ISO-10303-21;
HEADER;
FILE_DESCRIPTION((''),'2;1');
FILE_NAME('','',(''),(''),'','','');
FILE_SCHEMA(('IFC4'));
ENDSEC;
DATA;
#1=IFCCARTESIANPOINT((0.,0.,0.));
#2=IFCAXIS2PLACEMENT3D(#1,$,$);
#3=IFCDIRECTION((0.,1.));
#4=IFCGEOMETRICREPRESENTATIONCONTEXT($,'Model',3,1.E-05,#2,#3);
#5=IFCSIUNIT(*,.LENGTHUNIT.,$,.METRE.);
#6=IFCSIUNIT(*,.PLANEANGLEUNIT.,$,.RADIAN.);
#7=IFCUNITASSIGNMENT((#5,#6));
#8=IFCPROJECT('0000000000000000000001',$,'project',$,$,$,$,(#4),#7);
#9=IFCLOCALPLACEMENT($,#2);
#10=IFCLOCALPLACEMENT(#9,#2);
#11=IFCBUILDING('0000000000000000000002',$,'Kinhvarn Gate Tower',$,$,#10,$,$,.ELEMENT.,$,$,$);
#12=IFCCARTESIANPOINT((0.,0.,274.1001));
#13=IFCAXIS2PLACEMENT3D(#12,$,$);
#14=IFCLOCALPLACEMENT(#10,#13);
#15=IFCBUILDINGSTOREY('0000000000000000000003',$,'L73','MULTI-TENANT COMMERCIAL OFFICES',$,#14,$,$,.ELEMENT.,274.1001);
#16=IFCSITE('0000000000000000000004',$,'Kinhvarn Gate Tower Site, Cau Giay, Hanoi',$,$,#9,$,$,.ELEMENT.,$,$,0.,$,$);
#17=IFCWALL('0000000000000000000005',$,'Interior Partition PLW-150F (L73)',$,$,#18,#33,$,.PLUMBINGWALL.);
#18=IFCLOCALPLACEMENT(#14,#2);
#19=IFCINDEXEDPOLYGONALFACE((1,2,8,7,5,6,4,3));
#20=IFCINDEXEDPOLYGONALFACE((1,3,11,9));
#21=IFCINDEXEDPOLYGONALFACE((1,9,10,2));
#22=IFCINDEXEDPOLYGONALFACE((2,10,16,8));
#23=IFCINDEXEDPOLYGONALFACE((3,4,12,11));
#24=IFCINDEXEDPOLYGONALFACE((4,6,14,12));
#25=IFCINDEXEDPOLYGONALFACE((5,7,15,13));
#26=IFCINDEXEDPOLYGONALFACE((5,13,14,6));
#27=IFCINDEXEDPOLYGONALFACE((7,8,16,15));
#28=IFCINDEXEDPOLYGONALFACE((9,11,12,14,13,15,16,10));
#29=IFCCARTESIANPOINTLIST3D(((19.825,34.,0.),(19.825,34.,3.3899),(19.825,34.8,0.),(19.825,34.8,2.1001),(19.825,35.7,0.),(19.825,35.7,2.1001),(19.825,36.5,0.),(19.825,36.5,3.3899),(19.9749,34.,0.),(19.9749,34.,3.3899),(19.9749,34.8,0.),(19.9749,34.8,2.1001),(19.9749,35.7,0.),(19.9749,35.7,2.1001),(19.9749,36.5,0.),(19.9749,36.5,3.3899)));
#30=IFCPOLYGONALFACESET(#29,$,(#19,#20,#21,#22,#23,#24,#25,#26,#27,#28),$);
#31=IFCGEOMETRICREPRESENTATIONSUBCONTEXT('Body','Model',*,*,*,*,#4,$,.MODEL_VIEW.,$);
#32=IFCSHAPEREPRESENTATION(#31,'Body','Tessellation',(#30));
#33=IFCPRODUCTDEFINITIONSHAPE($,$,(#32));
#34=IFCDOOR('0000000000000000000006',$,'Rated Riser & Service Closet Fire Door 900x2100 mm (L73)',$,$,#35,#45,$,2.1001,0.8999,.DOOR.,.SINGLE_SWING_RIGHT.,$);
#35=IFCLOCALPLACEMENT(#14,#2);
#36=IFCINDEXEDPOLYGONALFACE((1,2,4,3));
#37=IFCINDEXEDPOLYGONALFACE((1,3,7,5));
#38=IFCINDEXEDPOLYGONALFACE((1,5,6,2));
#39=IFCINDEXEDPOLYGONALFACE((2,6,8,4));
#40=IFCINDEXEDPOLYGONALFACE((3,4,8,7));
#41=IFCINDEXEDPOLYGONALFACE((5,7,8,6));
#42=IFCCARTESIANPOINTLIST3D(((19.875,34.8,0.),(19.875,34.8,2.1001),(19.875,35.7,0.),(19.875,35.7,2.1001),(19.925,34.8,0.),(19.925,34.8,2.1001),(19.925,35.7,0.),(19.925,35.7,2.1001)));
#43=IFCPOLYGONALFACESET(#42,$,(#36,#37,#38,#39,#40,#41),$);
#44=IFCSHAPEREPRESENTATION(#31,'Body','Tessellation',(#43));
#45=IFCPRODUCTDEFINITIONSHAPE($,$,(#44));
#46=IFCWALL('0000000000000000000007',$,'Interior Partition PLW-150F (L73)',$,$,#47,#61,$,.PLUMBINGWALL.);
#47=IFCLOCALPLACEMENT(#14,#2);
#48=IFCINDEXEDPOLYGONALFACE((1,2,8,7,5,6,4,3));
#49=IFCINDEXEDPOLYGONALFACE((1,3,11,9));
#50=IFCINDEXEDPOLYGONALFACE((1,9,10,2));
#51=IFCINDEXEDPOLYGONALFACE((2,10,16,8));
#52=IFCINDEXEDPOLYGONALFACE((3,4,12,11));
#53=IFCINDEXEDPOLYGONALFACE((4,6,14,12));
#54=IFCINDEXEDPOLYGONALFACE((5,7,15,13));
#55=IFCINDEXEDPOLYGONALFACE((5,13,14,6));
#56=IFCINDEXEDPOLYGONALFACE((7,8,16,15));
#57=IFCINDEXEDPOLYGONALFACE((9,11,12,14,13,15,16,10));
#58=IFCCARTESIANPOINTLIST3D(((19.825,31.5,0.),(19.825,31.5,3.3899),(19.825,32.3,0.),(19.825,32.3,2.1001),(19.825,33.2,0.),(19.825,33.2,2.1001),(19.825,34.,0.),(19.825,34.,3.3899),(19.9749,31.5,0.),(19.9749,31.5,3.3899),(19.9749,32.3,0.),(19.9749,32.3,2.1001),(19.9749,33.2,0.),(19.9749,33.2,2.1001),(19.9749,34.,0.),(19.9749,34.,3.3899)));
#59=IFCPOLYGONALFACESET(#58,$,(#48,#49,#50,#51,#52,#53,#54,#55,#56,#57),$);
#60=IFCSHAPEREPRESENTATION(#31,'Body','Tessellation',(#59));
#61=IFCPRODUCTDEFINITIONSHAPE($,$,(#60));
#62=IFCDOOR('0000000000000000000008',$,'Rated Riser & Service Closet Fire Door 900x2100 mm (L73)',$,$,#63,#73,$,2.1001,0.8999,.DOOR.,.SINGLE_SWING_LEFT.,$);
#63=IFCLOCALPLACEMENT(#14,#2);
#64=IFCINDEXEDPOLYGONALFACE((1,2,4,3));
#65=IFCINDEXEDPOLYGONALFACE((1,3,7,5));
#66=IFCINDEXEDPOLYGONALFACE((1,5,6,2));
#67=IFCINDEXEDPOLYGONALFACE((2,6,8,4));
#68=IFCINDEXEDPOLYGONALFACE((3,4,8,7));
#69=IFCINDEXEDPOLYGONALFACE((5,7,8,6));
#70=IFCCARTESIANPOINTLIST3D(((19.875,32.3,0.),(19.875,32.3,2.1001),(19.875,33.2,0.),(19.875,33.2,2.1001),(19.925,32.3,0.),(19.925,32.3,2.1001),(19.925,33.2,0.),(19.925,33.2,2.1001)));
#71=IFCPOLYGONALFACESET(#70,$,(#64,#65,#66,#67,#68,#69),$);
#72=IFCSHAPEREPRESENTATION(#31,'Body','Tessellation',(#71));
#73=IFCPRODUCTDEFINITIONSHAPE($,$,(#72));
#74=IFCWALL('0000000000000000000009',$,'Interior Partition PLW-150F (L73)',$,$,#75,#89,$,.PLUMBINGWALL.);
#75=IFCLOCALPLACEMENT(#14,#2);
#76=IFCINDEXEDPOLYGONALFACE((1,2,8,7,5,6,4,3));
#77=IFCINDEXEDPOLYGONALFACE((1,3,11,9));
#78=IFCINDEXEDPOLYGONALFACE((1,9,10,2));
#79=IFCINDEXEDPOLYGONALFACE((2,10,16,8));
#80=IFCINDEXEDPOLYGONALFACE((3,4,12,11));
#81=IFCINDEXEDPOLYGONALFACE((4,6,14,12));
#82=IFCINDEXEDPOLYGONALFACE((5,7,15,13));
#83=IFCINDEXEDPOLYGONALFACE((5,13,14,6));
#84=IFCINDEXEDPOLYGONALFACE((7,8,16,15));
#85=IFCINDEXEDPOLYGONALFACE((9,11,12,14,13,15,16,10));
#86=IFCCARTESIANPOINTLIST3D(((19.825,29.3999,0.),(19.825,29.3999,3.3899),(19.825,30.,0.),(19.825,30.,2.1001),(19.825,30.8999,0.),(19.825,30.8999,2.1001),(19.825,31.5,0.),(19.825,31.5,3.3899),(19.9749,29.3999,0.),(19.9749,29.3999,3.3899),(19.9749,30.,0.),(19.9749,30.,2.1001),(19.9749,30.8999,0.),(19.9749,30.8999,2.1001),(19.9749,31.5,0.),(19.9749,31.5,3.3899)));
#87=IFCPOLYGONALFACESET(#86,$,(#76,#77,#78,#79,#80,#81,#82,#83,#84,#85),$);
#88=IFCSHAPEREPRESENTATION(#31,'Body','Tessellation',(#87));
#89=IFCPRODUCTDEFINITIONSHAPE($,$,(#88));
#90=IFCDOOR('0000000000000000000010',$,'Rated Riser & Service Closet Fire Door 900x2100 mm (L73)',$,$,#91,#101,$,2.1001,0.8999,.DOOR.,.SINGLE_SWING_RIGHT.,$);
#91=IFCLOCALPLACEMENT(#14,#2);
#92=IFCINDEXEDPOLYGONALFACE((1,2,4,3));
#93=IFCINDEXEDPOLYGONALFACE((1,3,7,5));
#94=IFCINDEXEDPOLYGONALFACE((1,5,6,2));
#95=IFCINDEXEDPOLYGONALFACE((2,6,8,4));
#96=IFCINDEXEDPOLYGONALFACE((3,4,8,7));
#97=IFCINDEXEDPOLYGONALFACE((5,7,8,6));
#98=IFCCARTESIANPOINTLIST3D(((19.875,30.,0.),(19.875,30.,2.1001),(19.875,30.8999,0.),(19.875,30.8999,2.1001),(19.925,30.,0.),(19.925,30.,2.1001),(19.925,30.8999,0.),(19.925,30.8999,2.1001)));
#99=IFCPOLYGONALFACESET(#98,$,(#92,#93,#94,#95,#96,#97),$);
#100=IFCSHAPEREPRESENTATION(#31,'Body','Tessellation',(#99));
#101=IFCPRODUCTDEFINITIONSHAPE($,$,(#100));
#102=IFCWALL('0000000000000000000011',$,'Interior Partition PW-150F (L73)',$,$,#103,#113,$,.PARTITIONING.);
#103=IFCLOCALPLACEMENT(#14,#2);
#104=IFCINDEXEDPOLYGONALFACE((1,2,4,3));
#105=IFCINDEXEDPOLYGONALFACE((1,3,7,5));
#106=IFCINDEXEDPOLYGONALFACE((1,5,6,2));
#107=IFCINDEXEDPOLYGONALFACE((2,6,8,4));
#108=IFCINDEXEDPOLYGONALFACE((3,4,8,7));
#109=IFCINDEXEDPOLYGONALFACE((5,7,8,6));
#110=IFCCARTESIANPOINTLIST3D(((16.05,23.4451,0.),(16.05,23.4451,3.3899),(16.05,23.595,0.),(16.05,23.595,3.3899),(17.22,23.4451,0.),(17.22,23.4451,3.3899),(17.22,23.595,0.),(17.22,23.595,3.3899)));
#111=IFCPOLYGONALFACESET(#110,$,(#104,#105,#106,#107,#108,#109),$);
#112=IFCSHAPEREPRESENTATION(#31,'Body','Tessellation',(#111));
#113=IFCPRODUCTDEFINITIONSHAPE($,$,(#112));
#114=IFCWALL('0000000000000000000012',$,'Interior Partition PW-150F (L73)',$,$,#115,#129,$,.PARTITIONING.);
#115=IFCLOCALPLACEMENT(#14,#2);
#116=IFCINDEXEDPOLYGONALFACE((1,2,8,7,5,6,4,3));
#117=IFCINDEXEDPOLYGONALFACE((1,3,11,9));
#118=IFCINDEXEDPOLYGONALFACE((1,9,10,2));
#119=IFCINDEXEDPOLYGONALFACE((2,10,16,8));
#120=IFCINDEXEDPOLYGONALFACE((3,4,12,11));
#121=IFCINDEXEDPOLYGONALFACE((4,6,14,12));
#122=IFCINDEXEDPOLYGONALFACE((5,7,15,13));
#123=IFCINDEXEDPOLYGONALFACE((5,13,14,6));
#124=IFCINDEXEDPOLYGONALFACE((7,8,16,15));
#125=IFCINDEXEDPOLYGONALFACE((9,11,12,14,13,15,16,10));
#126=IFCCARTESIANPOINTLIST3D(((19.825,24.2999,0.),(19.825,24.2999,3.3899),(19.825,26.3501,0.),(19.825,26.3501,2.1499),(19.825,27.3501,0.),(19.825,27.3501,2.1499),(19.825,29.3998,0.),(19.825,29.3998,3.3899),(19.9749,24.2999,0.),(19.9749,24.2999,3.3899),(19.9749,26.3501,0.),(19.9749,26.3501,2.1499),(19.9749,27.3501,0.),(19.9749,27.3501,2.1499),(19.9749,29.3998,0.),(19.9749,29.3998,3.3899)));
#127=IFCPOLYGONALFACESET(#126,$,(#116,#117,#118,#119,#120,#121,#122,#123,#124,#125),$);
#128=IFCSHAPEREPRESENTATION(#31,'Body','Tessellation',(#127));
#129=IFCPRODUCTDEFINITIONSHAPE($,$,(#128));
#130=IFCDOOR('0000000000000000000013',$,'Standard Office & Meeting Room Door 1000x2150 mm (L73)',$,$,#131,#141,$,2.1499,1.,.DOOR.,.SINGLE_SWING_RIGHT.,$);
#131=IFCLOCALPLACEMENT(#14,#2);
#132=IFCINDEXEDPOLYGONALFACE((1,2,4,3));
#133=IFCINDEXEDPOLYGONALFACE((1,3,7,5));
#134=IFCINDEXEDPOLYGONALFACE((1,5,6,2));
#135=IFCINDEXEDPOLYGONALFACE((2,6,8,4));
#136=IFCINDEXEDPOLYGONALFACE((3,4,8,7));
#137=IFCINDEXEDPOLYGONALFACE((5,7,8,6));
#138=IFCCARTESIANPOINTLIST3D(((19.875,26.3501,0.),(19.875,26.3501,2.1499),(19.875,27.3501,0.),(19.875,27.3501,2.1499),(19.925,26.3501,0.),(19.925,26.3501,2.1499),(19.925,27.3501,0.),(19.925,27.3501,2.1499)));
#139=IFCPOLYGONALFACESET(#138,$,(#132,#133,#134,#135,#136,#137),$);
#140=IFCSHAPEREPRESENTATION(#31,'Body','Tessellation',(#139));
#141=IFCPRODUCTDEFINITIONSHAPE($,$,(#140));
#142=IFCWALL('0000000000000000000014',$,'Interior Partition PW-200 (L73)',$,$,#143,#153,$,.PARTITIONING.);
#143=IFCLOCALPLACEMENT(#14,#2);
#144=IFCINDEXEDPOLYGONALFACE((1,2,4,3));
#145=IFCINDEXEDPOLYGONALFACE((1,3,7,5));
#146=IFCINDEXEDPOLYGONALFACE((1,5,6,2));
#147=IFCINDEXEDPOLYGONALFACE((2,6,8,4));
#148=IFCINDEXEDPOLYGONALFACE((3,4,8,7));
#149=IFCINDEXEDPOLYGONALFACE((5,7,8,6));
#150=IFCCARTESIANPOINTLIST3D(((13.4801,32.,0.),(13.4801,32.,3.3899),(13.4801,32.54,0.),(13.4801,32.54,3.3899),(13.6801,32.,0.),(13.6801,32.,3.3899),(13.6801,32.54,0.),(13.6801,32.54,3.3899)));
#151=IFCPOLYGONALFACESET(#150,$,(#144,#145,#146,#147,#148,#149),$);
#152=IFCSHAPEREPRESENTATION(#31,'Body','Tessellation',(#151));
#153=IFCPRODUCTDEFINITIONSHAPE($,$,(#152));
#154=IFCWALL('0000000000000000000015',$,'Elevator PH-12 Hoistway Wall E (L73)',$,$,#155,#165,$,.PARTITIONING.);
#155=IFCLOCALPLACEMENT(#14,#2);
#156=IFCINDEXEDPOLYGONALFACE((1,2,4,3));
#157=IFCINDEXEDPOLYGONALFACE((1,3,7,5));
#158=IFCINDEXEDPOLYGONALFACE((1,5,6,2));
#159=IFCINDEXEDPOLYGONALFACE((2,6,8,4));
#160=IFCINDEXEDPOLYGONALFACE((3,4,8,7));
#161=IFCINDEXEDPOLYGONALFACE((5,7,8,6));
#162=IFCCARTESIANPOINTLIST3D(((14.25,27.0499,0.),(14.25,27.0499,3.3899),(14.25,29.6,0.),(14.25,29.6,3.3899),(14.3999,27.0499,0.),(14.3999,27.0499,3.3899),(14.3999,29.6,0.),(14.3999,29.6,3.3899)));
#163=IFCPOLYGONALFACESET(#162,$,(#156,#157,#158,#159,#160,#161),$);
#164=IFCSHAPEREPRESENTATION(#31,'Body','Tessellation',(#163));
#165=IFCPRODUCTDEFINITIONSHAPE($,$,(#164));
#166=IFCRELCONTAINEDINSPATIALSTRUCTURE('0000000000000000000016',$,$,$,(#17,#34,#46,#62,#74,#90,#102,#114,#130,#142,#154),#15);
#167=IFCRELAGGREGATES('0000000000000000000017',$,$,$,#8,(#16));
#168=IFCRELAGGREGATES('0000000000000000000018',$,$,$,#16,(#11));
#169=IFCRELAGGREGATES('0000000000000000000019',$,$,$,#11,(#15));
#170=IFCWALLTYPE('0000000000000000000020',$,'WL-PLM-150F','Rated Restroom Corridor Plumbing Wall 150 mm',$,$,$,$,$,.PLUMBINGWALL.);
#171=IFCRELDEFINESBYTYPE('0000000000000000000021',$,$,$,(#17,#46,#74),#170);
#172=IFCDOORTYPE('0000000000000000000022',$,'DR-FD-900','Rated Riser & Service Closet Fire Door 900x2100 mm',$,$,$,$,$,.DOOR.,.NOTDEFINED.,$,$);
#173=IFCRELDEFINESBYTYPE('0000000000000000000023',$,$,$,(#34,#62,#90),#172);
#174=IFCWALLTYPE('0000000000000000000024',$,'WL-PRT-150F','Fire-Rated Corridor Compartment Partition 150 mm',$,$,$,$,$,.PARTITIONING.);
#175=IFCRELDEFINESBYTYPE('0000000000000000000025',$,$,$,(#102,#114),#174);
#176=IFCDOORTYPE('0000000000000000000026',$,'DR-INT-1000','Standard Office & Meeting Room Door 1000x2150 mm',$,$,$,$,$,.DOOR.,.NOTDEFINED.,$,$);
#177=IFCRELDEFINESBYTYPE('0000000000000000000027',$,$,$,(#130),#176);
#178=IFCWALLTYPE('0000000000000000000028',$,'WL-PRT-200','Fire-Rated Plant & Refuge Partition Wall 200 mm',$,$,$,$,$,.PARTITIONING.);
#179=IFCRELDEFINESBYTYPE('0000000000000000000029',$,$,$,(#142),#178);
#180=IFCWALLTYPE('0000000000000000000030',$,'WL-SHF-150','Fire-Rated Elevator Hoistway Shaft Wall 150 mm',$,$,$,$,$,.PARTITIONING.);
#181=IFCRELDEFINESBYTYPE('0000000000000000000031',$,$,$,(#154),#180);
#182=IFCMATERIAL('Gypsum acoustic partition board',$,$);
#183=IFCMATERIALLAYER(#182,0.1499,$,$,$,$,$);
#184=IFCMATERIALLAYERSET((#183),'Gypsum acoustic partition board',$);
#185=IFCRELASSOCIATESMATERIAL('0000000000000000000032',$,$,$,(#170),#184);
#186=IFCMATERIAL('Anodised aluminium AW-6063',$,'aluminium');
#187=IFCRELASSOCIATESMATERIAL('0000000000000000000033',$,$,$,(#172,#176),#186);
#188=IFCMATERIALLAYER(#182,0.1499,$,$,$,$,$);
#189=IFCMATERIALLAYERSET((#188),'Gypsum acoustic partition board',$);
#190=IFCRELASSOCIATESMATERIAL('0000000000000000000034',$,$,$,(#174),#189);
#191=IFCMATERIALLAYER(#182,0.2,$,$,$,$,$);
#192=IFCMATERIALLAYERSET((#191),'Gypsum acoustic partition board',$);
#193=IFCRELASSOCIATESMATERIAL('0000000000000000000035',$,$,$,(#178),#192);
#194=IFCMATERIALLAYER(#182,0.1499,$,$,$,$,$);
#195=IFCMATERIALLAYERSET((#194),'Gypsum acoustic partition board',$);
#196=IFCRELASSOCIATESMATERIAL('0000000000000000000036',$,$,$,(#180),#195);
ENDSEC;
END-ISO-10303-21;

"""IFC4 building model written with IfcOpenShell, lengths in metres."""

from ifc_helpers import new_model, si_unit, direction, frame, frame_2d, origin, place, context, subcontext, project, spatial, rectangle, extrude, material, layer, layer_set, type_object, element, fill, save


model = new_model("IFC4")

# Units and contexts
model_context = context("Model", 3, precision=1e-05, world=origin(), true_north=direction((0.0, 1.0)))
body_context = subcontext(model_context, "Body", "Model", "MODEL_VIEW")
ifc_project = project(units=[si_unit("LENGTHUNIT", "METRE"), si_unit("PLANEANGLEUNIT", "RADIAN")], contexts=[model_context])

# Site, building, storey
site_placement = place(None, origin())
site = spatial("IfcSite", under=ifc_project, at=site_placement, Name="Kinhvarn Gate Tower Site, Cau Giay, Hanoi", CompositionType="ELEMENT", RefElevation=0.0)
building_placement = place(site_placement, origin())
building = spatial("IfcBuilding", under=site, at=building_placement, Name="Kinhvarn Gate Tower", CompositionType="ELEMENT")
storey_placement = place(building_placement, frame((0.0, 0.0, 274.1001)))
storey = spatial("IfcBuildingStorey", under=building, at=storey_placement, Name="L73", Description="MULTI-TENANT COMMERCIAL OFFICES", CompositionType="ELEMENT", Elevation=274.1001)

# Shared definitions
ifc_material_1 = material(Name="Anodised aluminium AW-6063", Category="aluminium")

# Shared definitions
ifc_material_2 = material(Name="Gypsum acoustic partition board")

# Walls, openings, doors
ifc_layer_1 = layer(ifc_material_2, 0.1499)
ifc_layer_set_1 = layer_set([ifc_layer_1], Name="Gypsum acoustic partition board")
wall_type_1 = type_object("IfcWallType", Name="WL-PLM-150F", Description="Rated Restroom Corridor Plumbing Wall 150 mm", PredefinedType="PLUMBINGWALL", material=ifc_layer_set_1)
wall_1_placement = place(storey_placement, frame((19.8999, 34.0, 0.0), z_axis=(0.0, 0.0, 1.0), x_axis=(0.0, 1.0, 0.0)))
wall_1 = element("IfcWall", 1, at=wall_1_placement, inside=storey, type_object=wall_type_1, Name="Interior Partition PLW-150F (L73)", PredefinedType="PLUMBINGWALL", context=body_context, shape_type="SweptSolid", body=[
    extrude(rectangle(XDim=2.5, YDim=0.1499, at=frame_2d((1.25, 0.0))), origin(), (0.0, 0.0, 1.0), 3.3899),
])
opening_1_placement = place(wall_1_placement, frame((0.8, 0.0, 0.0)))
opening_1 = element("IfcOpeningElement", 2, at=opening_1_placement, cuts=wall_1, PredefinedType="OPENING", context=body_context, shape_type="SweptSolid", body=[
    extrude(rectangle(XDim=0.8999, YDim=2.1001, at=frame_2d((0.45, 1.05))), frame((0.0, 0.085, 0.0), z_axis=(0.0, -1.0, 0.0), x_axis=(1.0, 0.0, 0.0)), (0.0, 0.0, 1.0), 0.1699),
])
door_type_1 = type_object("IfcDoorType", Name="DR-FD-900", Description="Rated Riser & Service Closet Fire Door 900x2100 mm", OperationType="NOTDEFINED", PredefinedType="DOOR", material=ifc_material_1)
door_1_placement = place(opening_1_placement, origin())
door_1 = element("IfcDoor", 3, at=door_1_placement, inside=storey, type_object=door_type_1, Name="Rated Riser & Service Closet Fire Door 900x2100 mm (L73)", OperationType="SINGLE_SWING_RIGHT", OverallHeight=2.1001, OverallWidth=0.8999, PredefinedType="DOOR", context=body_context, shape_type="SweptSolid", body=[
    extrude(rectangle(XDim=0.8999, YDim=2.1001, at=frame_2d((0.45, 1.05))), frame((0.0, 0.0249, 0.0), z_axis=(0.0, -1.0, 0.0), x_axis=(1.0, 0.0, 0.0)), (0.0, 0.0, 1.0), 0.05),
])
fill(opening_1, door_1)
wall_2_placement = place(storey_placement, frame((19.8999, 31.5, 0.0), z_axis=(0.0, 0.0, 1.0), x_axis=(0.0, 1.0, 0.0)))
wall_2 = element("IfcWall", 4, at=wall_2_placement, inside=storey, type_object=wall_type_1, Name="Interior Partition PLW-150F (L73)", PredefinedType="PLUMBINGWALL", context=body_context, shape_type="SweptSolid", body=[
    extrude(rectangle(XDim=2.5, YDim=0.1499, at=frame_2d((1.25, 0.0))), origin(), (0.0, 0.0, 1.0), 3.3899),
])
opening_2_placement = place(wall_2_placement, frame((0.8, 0.0, 0.0)))
opening_2 = element("IfcOpeningElement", 5, at=opening_2_placement, cuts=wall_2, PredefinedType="OPENING", context=body_context, shape_type="SweptSolid", body=[
    extrude(rectangle(XDim=0.8999, YDim=2.1001, at=frame_2d((0.45, 1.05))), frame((0.0, 0.085, 0.0), z_axis=(0.0, -1.0, 0.0), x_axis=(1.0, 0.0, 0.0)), (0.0, 0.0, 1.0), 0.1699),
])
door_2_placement = place(opening_2_placement, origin())
door_2 = element("IfcDoor", 6, at=door_2_placement, inside=storey, type_object=door_type_1, Name="Rated Riser & Service Closet Fire Door 900x2100 mm (L73)", OperationType="SINGLE_SWING_LEFT", OverallHeight=2.1001, OverallWidth=0.8999, PredefinedType="DOOR", context=body_context, shape_type="SweptSolid", body=[
    extrude(rectangle(XDim=0.8999, YDim=2.1001, at=frame_2d((0.45, 1.05))), frame((0.0, 0.0249, 0.0), z_axis=(0.0, -1.0, 0.0), x_axis=(1.0, 0.0, 0.0)), (0.0, 0.0, 1.0), 0.05),
])
fill(opening_2, door_2)
wall_3_placement = place(storey_placement, frame((19.8999, 29.3999, 0.0), z_axis=(0.0, 0.0, 1.0), x_axis=(0.0, 1.0, 0.0)))
wall_3 = element("IfcWall", 7, at=wall_3_placement, inside=storey, type_object=wall_type_1, Name="Interior Partition PLW-150F (L73)", PredefinedType="PLUMBINGWALL", context=body_context, shape_type="SweptSolid", body=[
    extrude(rectangle(XDim=2.1001, YDim=0.1499, at=frame_2d((1.05, 0.0))), origin(), (0.0, 0.0, 1.0), 3.3899),
])
opening_3_placement = place(wall_3_placement, frame((0.6001, 0.0, 0.0)))
opening_3 = element("IfcOpeningElement", 8, at=opening_3_placement, cuts=wall_3, PredefinedType="OPENING", context=body_context, shape_type="SweptSolid", body=[
    extrude(rectangle(XDim=0.8999, YDim=2.1001, at=frame_2d((0.45, 1.05))), frame((0.0, 0.085, 0.0), z_axis=(0.0, -1.0, 0.0), x_axis=(1.0, 0.0, 0.0)), (0.0, 0.0, 1.0), 0.1699),
])
door_3_placement = place(opening_3_placement, origin())
door_3 = element("IfcDoor", 9, at=door_3_placement, inside=storey, type_object=door_type_1, Name="Rated Riser & Service Closet Fire Door 900x2100 mm (L73)", OperationType="SINGLE_SWING_RIGHT", OverallHeight=2.1001, OverallWidth=0.8999, PredefinedType="DOOR", context=body_context, shape_type="SweptSolid", body=[
    extrude(rectangle(XDim=0.8999, YDim=2.1001, at=frame_2d((0.45, 1.05))), frame((0.0, 0.0249, 0.0), z_axis=(0.0, -1.0, 0.0), x_axis=(1.0, 0.0, 0.0)), (0.0, 0.0, 1.0), 0.05),
])
fill(opening_3, door_3)

# Wall
ifc_layer_2 = layer(ifc_material_2, 0.1499)
ifc_layer_set_2 = layer_set([ifc_layer_2], Name="Gypsum acoustic partition board")
wall_type_2 = type_object("IfcWallType", Name="WL-PRT-150F", Description="Fire-Rated Corridor Compartment Partition 150 mm", PredefinedType="PARTITIONING", material=ifc_layer_set_2)
wall_4_placement = place(storey_placement, frame((16.05, 23.52, 0.0), z_axis=(0.0, 0.0, 1.0), x_axis=(1.0, 0.0, 0.0)))
element("IfcWall", 10, at=wall_4_placement, inside=storey, type_object=wall_type_2, Name="Interior Partition PW-150F (L73)", PredefinedType="PARTITIONING", context=body_context, shape_type="SweptSolid", body=[
    extrude(rectangle(XDim=1.1699, YDim=0.1499, at=frame_2d((0.585, 0.0))), origin(), (0.0, 0.0, 1.0), 3.3899),
])

# Wall, opening, door
wall_5_placement = place(storey_placement, frame((19.8999, 24.3, 0.0), z_axis=(0.0, 0.0, 1.0), x_axis=(0.0, 1.0, 0.0)))
wall_5 = element("IfcWall", 11, at=wall_5_placement, inside=storey, type_object=wall_type_2, Name="Interior Partition PW-150F (L73)", PredefinedType="PARTITIONING", context=body_context, shape_type="SweptSolid", body=[
    extrude(rectangle(XDim=5.0999, YDim=0.1499, at=frame_2d((2.5498, 0.0))), origin(), (0.0, 0.0, 1.0), 3.3899),
])
opening_4_placement = place(wall_5_placement, frame((2.05, 0.0, 0.0)))
opening_4 = element("IfcOpeningElement", 12, at=opening_4_placement, cuts=wall_5, PredefinedType="OPENING", context=body_context, shape_type="SweptSolid", body=[
    extrude(rectangle(XDim=1.0, YDim=2.1499, at=frame_2d((0.5, 1.075))), frame((0.0, 0.085, 0.0), z_axis=(0.0, -1.0, 0.0), x_axis=(1.0, 0.0, 0.0)), (0.0, 0.0, 1.0), 0.1699),
])
door_type_2 = type_object("IfcDoorType", Name="DR-INT-1000", Description="Standard Office & Meeting Room Door 1000x2150 mm", OperationType="NOTDEFINED", PredefinedType="DOOR", material=ifc_material_1)
door_4_placement = place(opening_4_placement, origin())
door_4 = element("IfcDoor", 13, at=door_4_placement, inside=storey, type_object=door_type_2, Name="Standard Office & Meeting Room Door 1000x2150 mm (L73)", OperationType="SINGLE_SWING_RIGHT", OverallHeight=2.1499, OverallWidth=1.0, PredefinedType="DOOR", context=body_context, shape_type="SweptSolid", body=[
    extrude(rectangle(XDim=1.0, YDim=2.1499, at=frame_2d((0.5, 1.075))), frame((0.0, 0.0249, 0.0), z_axis=(0.0, -1.0, 0.0), x_axis=(1.0, 0.0, 0.0)), (0.0, 0.0, 1.0), 0.05),
])
fill(opening_4, door_4)

# Walls
ifc_layer_3 = layer(ifc_material_2, 0.2)
ifc_layer_set_3 = layer_set([ifc_layer_3], Name="Gypsum acoustic partition board")
wall_type_3 = type_object("IfcWallType", Name="WL-PRT-200", Description="Fire-Rated Plant & Refuge Partition Wall 200 mm", PredefinedType="PARTITIONING", material=ifc_layer_set_3)
wall_6_placement = place(storey_placement, frame((13.5801, 32.0, 0.0), z_axis=(0.0, 0.0, 1.0), x_axis=(0.0, 1.0, 0.0)))
element("IfcWall", 14, at=wall_6_placement, inside=storey, type_object=wall_type_3, Name="Interior Partition PW-200 (L73)", PredefinedType="PARTITIONING", context=body_context, shape_type="SweptSolid", body=[
    extrude(rectangle(XDim=0.54, YDim=0.2, at=frame_2d((0.27, 0.0))), origin(), (0.0, 0.0, 1.0), 3.3899),
])
ifc_layer_4 = layer(ifc_material_2, 0.1499)
ifc_layer_set_4 = layer_set([ifc_layer_4], Name="Gypsum acoustic partition board")
wall_type_4 = type_object("IfcWallType", Name="WL-SHF-150", Description="Fire-Rated Elevator Hoistway Shaft Wall 150 mm", PredefinedType="PARTITIONING", material=ifc_layer_set_4)
wall_7_placement = place(storey_placement, frame((14.325, 27.05, 0.0), z_axis=(0.0, 0.0, 1.0), x_axis=(0.0, 1.0, 0.0)))
element("IfcWall", 15, at=wall_7_placement, inside=storey, type_object=wall_type_4, Name="Elevator PH-12 Hoistway Wall E (L73)", PredefinedType="PARTITIONING", context=body_context, shape_type="SweptSolid", body=[
    extrude(rectangle(XDim=2.55, YDim=0.1499, at=frame_2d((1.2749, 0.0))), origin(), (0.0, 0.0, 1.0), 3.3899),
])

save(model, "model.ifc")
